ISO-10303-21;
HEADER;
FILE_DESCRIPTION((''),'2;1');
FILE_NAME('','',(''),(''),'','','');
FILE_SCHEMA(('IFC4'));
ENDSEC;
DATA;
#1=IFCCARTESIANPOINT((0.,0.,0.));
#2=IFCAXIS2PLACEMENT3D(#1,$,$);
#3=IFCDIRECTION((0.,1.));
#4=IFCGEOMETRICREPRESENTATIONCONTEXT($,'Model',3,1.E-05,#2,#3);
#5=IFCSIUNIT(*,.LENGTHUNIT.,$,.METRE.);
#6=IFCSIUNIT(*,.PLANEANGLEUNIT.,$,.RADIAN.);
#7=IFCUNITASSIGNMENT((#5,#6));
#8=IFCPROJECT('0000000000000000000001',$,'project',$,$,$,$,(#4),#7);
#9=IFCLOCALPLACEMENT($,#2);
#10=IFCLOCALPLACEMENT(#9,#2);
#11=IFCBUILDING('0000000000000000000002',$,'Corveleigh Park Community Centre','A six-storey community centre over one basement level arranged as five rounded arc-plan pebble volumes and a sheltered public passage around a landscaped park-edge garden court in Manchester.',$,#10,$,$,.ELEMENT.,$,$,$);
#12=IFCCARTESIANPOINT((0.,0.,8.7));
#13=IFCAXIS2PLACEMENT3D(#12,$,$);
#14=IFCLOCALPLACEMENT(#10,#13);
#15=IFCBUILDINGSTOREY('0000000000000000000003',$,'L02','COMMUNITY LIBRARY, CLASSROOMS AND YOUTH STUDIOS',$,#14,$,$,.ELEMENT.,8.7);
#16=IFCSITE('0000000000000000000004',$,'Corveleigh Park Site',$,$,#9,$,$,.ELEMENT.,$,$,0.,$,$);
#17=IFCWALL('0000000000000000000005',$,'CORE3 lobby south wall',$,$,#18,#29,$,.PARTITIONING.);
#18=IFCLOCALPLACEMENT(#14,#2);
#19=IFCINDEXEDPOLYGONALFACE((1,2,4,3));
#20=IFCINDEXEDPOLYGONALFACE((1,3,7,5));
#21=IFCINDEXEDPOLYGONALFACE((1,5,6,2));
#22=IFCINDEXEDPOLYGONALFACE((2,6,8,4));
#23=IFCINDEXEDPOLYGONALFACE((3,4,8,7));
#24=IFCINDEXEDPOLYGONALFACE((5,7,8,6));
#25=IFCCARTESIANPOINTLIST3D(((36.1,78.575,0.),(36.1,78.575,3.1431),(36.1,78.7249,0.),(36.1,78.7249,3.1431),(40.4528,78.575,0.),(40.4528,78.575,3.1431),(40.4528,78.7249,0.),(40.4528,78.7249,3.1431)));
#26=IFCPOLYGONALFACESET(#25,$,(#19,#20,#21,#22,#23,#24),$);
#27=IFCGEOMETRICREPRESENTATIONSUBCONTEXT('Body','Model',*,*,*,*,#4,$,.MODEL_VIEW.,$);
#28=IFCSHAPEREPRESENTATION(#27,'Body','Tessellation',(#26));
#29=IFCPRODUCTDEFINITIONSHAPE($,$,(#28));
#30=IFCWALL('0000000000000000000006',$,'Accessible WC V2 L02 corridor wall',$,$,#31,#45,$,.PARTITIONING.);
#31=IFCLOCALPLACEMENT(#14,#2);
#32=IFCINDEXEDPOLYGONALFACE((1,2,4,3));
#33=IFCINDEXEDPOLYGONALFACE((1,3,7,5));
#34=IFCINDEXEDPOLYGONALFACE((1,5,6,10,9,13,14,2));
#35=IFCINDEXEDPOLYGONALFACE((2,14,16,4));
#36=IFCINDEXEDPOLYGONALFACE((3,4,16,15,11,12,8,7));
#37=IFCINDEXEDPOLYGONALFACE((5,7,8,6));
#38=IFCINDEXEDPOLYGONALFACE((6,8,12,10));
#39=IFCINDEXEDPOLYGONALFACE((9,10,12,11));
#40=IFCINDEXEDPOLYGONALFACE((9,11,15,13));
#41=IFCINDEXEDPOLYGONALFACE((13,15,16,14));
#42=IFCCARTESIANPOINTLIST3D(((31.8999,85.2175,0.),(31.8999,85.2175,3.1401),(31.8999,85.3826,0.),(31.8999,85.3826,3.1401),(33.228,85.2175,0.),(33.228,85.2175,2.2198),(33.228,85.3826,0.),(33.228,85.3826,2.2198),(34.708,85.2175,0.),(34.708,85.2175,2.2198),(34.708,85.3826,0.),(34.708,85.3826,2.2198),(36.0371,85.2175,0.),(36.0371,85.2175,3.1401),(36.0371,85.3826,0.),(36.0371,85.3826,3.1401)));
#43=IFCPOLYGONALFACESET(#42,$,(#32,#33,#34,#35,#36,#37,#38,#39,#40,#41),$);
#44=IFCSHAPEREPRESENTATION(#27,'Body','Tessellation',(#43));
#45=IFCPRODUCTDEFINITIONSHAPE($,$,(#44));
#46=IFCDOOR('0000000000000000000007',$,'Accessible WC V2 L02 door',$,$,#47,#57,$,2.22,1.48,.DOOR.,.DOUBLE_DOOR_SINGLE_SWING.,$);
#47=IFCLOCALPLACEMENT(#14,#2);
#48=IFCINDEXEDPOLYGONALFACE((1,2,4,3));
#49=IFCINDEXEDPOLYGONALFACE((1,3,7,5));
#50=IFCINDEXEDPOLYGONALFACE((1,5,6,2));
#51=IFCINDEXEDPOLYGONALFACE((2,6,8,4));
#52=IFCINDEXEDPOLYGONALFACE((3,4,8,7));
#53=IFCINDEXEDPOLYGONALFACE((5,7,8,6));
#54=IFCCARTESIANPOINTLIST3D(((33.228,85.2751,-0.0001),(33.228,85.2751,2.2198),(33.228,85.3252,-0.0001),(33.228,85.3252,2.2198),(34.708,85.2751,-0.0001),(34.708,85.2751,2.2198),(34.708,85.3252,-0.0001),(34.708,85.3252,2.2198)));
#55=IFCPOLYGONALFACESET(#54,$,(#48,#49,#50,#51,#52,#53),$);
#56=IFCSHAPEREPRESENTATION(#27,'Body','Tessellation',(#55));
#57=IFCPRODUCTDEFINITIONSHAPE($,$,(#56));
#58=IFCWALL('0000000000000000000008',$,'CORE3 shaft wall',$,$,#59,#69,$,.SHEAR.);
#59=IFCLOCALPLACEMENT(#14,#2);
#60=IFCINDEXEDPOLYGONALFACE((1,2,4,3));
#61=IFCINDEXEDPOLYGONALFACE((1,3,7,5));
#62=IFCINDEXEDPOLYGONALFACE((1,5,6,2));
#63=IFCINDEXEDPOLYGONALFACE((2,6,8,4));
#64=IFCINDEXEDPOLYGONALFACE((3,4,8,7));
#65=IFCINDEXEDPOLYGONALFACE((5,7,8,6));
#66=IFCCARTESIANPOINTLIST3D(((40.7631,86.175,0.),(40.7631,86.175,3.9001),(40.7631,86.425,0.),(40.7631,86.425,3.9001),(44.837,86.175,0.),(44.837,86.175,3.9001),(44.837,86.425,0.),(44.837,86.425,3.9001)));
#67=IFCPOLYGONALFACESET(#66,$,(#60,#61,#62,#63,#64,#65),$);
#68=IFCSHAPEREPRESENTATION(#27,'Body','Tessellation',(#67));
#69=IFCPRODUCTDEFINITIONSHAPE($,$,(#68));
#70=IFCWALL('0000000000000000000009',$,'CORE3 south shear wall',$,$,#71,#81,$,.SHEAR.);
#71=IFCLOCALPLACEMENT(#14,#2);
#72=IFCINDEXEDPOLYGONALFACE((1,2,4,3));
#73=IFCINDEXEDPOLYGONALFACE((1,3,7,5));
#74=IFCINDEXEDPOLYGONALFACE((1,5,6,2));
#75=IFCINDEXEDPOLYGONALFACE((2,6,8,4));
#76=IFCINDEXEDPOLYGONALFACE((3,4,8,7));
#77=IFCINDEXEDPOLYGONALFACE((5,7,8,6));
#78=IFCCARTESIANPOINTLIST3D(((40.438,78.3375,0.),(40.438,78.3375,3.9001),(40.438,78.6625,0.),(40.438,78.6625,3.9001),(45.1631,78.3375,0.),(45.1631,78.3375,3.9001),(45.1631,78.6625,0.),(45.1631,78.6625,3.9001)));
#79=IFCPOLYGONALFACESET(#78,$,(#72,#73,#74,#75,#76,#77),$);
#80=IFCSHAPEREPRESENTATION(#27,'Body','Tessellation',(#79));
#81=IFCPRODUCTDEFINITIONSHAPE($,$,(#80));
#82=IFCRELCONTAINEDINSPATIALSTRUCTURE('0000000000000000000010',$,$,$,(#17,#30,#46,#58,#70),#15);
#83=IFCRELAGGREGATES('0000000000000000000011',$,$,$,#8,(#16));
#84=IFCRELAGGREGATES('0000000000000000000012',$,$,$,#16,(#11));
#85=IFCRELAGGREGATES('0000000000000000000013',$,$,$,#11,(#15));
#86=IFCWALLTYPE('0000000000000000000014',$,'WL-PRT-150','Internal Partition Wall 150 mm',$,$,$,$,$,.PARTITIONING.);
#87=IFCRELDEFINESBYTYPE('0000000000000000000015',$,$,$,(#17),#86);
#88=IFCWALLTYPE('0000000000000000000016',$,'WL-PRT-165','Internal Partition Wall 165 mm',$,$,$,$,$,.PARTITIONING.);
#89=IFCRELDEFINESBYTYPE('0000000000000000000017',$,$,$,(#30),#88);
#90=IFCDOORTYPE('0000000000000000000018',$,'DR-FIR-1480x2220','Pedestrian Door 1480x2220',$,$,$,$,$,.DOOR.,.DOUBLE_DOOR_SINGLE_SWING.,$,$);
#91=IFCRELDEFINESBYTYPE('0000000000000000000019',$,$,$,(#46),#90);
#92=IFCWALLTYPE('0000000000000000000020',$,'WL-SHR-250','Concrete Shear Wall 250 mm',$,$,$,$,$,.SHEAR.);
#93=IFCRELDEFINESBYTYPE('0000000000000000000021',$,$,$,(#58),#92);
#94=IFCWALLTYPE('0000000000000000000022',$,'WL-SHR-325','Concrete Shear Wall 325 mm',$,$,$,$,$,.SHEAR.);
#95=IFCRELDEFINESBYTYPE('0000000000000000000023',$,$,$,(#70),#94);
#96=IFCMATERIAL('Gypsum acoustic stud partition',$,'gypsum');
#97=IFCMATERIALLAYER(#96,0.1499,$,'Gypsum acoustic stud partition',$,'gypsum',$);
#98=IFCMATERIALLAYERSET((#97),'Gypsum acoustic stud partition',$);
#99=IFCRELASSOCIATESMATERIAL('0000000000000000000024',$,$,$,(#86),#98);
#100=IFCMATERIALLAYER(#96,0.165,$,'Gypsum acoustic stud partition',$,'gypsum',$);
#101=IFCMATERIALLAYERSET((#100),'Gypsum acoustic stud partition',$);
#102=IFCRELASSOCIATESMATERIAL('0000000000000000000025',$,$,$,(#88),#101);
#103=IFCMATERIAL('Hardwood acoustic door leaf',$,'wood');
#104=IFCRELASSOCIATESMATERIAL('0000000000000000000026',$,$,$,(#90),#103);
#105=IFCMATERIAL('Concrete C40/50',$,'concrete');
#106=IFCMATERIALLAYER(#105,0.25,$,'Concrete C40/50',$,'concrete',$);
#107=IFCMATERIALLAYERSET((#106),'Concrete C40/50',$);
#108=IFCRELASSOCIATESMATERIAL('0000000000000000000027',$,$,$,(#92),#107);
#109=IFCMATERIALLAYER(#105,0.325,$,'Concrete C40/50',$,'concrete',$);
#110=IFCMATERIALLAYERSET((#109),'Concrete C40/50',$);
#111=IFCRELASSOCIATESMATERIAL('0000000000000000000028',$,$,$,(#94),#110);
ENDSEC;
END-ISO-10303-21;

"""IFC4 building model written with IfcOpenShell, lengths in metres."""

from ifc_helpers import new_model, si_unit, direction, frame, frame_2d, origin, place, context, subcontext, project, spatial, rectangle, extrude, material, layer, layer_set, type_object, element, fill, save


model = new_model("IFC4")

# Units and contexts
model_context = context("Model", 3, precision=1e-05, world=origin(), true_north=direction((0.0, 1.0)))
body_context = subcontext(model_context, "Body", "Model", "MODEL_VIEW")
ifc_project = project(units=[si_unit("LENGTHUNIT", "METRE"), si_unit("PLANEANGLEUNIT", "RADIAN")], contexts=[model_context])

# Site, building, storey
site_placement = place(None, origin())
site = spatial("IfcSite", under=ifc_project, at=site_placement, Name="Corveleigh Park Site", CompositionType="ELEMENT", RefElevation=0.0)
building_placement = place(site_placement, origin())
building = spatial("IfcBuilding", under=site, at=building_placement, Name="Corveleigh Park Community Centre", Description="A six-storey community centre over one basement level arranged as five rounded arc-plan pebble volumes and a sheltered public passage around a landscaped park-edge garden court in Manchester.", CompositionType="ELEMENT")
storey_placement = place(building_placement, frame((0.0, 0.0, 8.7)))
storey = spatial("IfcBuildingStorey", under=building, at=storey_placement, Name="L02", Description="COMMUNITY LIBRARY, CLASSROOMS AND YOUTH STUDIOS", CompositionType="ELEMENT", Elevation=8.7)

# Wall
ifc_material_1 = material(Name="Gypsum acoustic stud partition", Category="gypsum")
ifc_layer_1 = layer(ifc_material_1, 0.1499, Name="Gypsum acoustic stud partition", Category="gypsum")
ifc_layer_set_1 = layer_set([ifc_layer_1], Name="Gypsum acoustic stud partition")
wall_type_1 = type_object("IfcWallType", Name="WL-PRT-150", Description="Internal Partition Wall 150 mm", PredefinedType="PARTITIONING", material=ifc_layer_set_1)
wall_1_placement = place(storey_placement, frame((36.1001, 78.6499, 0.0), z_axis=(0.0, 0.0, 1.0), x_axis=(1.0, 0.0, 0.0)))
element("IfcWall", 1, at=wall_1_placement, inside=storey, type_object=wall_type_1, Name="CORE3 lobby south wall", PredefinedType="PARTITIONING", context=body_context, shape_type="SweptSolid", body=[
    extrude(rectangle(XDim=4.3528, YDim=0.1499, at=frame_2d((2.1763, 0.0))), origin(), (0.0, 0.0, 1.0), 3.1431),
])

# Wall, opening, door
ifc_layer_2 = layer(ifc_material_1, 0.165, Name="Gypsum acoustic stud partition", Category="gypsum")
ifc_layer_set_2 = layer_set([ifc_layer_2], Name="Gypsum acoustic stud partition")
wall_type_2 = type_object("IfcWallType", Name="WL-PRT-165", Description="Internal Partition Wall 165 mm", PredefinedType="PARTITIONING", material=ifc_layer_set_2)
wall_2_placement = place(storey_placement, frame((36.0371, 85.3, 0.0), z_axis=(0.0, 0.0, 1.0), x_axis=(-1.0, 0.0, 0.0)))
wall_2 = element("IfcWall", 2, at=wall_2_placement, inside=storey, type_object=wall_type_2, Name="Accessible WC V2 L02 corridor wall", PredefinedType="PARTITIONING", context=body_context, shape_type="SweptSolid", body=[
    extrude(rectangle(XDim=4.1372, YDim=0.165, at=frame_2d((2.0686, 0.0))), origin(), (0.0, 0.0, 1.0), 3.1401),
])
opening_placement = place(wall_2_placement, frame((1.3291, 0.0, 0.0)))
opening = element("IfcOpeningElement", 3, at=opening_placement, cuts=wall_2, PredefinedType="OPENING", context=body_context, shape_type="SweptSolid", body=[
    extrude(rectangle(XDim=1.48, YDim=2.22, at=frame_2d((0.74, 1.1099))), frame((0.0, 0.0925, 0.0), z_axis=(0.0, -1.0, 0.0), x_axis=(1.0, 0.0, 0.0)), (0.0, 0.0, 1.0), 0.1851),
])
ifc_material_2 = material(Name="Hardwood acoustic door leaf", Category="wood")
door_type = type_object("IfcDoorType", Name="DR-FIR-1480x2220", Description="Pedestrian Door 1480x2220", OperationType="DOUBLE_DOOR_SINGLE_SWING", PredefinedType="DOOR", material=ifc_material_2)
door_placement = place(opening_placement, origin())
door = element("IfcDoor", 4, at=door_placement, inside=storey, type_object=door_type, Name="Accessible WC V2 L02 door", OperationType="DOUBLE_DOOR_SINGLE_SWING", OverallHeight=2.22, OverallWidth=1.48, PredefinedType="DOOR", context=body_context, shape_type="SweptSolid", body=[
    extrude(rectangle(XDim=1.48, YDim=2.22, at=frame_2d((0.74, 1.1099))), frame((0.0, 0.0249, 0.0), z_axis=(0.0, -1.0, 0.0), x_axis=(1.0, 0.0, 0.0)), (0.0, 0.0, 1.0), 0.05),
])
fill(opening, door)

# Walls
ifc_material_3 = material(Name="Concrete C40/50", Category="concrete")
ifc_layer_3 = layer(ifc_material_3, 0.25, Name="Concrete C40/50", Category="concrete")
ifc_layer_set_3 = layer_set([ifc_layer_3], Name="Concrete C40/50")
wall_type_3 = type_object("IfcWallType", Name="WL-SHR-250", Description="Concrete Shear Wall 250 mm", PredefinedType="SHEAR", material=ifc_layer_set_3)
wall_3_placement = place(storey_placement, frame((40.7629, 86.3, 0.0), z_axis=(0.0, 0.0, 1.0), x_axis=(1.0, 0.0, 0.0)))
element("IfcWall", 5, at=wall_3_placement, inside=storey, type_object=wall_type_3, Name="CORE3 shaft wall", PredefinedType="SHEAR", context=body_context, shape_type="SweptSolid", body=[
    extrude(rectangle(XDim=4.074, YDim=0.25, at=frame_2d((2.0371, 0.0))), origin(), (0.0, 0.0, 1.0), 3.9001),
])
ifc_layer_4 = layer(ifc_material_3, 0.325, Name="Concrete C40/50", Category="concrete")
ifc_layer_set_4 = layer_set([ifc_layer_4], Name="Concrete C40/50")
wall_type_4 = type_object("IfcWallType", Name="WL-SHR-325", Description="Concrete Shear Wall 325 mm", PredefinedType="SHEAR", material=ifc_layer_set_4)
wall_4_placement = place(storey_placement, frame((40.438, 78.5, 0.0), z_axis=(0.0, 0.0, 1.0), x_axis=(1.0, 0.0, 0.0)))
element("IfcWall", 6, at=wall_4_placement, inside=storey, type_object=wall_type_4, Name="CORE3 south shear wall", PredefinedType="SHEAR", context=body_context, shape_type="SweptSolid", body=[
    extrude(rectangle(XDim=4.7251, YDim=0.325, at=frame_2d((2.3625, 0.0))), origin(), (0.0, 0.0, 1.0), 3.9001),
])

save(model, "model.ifc")
